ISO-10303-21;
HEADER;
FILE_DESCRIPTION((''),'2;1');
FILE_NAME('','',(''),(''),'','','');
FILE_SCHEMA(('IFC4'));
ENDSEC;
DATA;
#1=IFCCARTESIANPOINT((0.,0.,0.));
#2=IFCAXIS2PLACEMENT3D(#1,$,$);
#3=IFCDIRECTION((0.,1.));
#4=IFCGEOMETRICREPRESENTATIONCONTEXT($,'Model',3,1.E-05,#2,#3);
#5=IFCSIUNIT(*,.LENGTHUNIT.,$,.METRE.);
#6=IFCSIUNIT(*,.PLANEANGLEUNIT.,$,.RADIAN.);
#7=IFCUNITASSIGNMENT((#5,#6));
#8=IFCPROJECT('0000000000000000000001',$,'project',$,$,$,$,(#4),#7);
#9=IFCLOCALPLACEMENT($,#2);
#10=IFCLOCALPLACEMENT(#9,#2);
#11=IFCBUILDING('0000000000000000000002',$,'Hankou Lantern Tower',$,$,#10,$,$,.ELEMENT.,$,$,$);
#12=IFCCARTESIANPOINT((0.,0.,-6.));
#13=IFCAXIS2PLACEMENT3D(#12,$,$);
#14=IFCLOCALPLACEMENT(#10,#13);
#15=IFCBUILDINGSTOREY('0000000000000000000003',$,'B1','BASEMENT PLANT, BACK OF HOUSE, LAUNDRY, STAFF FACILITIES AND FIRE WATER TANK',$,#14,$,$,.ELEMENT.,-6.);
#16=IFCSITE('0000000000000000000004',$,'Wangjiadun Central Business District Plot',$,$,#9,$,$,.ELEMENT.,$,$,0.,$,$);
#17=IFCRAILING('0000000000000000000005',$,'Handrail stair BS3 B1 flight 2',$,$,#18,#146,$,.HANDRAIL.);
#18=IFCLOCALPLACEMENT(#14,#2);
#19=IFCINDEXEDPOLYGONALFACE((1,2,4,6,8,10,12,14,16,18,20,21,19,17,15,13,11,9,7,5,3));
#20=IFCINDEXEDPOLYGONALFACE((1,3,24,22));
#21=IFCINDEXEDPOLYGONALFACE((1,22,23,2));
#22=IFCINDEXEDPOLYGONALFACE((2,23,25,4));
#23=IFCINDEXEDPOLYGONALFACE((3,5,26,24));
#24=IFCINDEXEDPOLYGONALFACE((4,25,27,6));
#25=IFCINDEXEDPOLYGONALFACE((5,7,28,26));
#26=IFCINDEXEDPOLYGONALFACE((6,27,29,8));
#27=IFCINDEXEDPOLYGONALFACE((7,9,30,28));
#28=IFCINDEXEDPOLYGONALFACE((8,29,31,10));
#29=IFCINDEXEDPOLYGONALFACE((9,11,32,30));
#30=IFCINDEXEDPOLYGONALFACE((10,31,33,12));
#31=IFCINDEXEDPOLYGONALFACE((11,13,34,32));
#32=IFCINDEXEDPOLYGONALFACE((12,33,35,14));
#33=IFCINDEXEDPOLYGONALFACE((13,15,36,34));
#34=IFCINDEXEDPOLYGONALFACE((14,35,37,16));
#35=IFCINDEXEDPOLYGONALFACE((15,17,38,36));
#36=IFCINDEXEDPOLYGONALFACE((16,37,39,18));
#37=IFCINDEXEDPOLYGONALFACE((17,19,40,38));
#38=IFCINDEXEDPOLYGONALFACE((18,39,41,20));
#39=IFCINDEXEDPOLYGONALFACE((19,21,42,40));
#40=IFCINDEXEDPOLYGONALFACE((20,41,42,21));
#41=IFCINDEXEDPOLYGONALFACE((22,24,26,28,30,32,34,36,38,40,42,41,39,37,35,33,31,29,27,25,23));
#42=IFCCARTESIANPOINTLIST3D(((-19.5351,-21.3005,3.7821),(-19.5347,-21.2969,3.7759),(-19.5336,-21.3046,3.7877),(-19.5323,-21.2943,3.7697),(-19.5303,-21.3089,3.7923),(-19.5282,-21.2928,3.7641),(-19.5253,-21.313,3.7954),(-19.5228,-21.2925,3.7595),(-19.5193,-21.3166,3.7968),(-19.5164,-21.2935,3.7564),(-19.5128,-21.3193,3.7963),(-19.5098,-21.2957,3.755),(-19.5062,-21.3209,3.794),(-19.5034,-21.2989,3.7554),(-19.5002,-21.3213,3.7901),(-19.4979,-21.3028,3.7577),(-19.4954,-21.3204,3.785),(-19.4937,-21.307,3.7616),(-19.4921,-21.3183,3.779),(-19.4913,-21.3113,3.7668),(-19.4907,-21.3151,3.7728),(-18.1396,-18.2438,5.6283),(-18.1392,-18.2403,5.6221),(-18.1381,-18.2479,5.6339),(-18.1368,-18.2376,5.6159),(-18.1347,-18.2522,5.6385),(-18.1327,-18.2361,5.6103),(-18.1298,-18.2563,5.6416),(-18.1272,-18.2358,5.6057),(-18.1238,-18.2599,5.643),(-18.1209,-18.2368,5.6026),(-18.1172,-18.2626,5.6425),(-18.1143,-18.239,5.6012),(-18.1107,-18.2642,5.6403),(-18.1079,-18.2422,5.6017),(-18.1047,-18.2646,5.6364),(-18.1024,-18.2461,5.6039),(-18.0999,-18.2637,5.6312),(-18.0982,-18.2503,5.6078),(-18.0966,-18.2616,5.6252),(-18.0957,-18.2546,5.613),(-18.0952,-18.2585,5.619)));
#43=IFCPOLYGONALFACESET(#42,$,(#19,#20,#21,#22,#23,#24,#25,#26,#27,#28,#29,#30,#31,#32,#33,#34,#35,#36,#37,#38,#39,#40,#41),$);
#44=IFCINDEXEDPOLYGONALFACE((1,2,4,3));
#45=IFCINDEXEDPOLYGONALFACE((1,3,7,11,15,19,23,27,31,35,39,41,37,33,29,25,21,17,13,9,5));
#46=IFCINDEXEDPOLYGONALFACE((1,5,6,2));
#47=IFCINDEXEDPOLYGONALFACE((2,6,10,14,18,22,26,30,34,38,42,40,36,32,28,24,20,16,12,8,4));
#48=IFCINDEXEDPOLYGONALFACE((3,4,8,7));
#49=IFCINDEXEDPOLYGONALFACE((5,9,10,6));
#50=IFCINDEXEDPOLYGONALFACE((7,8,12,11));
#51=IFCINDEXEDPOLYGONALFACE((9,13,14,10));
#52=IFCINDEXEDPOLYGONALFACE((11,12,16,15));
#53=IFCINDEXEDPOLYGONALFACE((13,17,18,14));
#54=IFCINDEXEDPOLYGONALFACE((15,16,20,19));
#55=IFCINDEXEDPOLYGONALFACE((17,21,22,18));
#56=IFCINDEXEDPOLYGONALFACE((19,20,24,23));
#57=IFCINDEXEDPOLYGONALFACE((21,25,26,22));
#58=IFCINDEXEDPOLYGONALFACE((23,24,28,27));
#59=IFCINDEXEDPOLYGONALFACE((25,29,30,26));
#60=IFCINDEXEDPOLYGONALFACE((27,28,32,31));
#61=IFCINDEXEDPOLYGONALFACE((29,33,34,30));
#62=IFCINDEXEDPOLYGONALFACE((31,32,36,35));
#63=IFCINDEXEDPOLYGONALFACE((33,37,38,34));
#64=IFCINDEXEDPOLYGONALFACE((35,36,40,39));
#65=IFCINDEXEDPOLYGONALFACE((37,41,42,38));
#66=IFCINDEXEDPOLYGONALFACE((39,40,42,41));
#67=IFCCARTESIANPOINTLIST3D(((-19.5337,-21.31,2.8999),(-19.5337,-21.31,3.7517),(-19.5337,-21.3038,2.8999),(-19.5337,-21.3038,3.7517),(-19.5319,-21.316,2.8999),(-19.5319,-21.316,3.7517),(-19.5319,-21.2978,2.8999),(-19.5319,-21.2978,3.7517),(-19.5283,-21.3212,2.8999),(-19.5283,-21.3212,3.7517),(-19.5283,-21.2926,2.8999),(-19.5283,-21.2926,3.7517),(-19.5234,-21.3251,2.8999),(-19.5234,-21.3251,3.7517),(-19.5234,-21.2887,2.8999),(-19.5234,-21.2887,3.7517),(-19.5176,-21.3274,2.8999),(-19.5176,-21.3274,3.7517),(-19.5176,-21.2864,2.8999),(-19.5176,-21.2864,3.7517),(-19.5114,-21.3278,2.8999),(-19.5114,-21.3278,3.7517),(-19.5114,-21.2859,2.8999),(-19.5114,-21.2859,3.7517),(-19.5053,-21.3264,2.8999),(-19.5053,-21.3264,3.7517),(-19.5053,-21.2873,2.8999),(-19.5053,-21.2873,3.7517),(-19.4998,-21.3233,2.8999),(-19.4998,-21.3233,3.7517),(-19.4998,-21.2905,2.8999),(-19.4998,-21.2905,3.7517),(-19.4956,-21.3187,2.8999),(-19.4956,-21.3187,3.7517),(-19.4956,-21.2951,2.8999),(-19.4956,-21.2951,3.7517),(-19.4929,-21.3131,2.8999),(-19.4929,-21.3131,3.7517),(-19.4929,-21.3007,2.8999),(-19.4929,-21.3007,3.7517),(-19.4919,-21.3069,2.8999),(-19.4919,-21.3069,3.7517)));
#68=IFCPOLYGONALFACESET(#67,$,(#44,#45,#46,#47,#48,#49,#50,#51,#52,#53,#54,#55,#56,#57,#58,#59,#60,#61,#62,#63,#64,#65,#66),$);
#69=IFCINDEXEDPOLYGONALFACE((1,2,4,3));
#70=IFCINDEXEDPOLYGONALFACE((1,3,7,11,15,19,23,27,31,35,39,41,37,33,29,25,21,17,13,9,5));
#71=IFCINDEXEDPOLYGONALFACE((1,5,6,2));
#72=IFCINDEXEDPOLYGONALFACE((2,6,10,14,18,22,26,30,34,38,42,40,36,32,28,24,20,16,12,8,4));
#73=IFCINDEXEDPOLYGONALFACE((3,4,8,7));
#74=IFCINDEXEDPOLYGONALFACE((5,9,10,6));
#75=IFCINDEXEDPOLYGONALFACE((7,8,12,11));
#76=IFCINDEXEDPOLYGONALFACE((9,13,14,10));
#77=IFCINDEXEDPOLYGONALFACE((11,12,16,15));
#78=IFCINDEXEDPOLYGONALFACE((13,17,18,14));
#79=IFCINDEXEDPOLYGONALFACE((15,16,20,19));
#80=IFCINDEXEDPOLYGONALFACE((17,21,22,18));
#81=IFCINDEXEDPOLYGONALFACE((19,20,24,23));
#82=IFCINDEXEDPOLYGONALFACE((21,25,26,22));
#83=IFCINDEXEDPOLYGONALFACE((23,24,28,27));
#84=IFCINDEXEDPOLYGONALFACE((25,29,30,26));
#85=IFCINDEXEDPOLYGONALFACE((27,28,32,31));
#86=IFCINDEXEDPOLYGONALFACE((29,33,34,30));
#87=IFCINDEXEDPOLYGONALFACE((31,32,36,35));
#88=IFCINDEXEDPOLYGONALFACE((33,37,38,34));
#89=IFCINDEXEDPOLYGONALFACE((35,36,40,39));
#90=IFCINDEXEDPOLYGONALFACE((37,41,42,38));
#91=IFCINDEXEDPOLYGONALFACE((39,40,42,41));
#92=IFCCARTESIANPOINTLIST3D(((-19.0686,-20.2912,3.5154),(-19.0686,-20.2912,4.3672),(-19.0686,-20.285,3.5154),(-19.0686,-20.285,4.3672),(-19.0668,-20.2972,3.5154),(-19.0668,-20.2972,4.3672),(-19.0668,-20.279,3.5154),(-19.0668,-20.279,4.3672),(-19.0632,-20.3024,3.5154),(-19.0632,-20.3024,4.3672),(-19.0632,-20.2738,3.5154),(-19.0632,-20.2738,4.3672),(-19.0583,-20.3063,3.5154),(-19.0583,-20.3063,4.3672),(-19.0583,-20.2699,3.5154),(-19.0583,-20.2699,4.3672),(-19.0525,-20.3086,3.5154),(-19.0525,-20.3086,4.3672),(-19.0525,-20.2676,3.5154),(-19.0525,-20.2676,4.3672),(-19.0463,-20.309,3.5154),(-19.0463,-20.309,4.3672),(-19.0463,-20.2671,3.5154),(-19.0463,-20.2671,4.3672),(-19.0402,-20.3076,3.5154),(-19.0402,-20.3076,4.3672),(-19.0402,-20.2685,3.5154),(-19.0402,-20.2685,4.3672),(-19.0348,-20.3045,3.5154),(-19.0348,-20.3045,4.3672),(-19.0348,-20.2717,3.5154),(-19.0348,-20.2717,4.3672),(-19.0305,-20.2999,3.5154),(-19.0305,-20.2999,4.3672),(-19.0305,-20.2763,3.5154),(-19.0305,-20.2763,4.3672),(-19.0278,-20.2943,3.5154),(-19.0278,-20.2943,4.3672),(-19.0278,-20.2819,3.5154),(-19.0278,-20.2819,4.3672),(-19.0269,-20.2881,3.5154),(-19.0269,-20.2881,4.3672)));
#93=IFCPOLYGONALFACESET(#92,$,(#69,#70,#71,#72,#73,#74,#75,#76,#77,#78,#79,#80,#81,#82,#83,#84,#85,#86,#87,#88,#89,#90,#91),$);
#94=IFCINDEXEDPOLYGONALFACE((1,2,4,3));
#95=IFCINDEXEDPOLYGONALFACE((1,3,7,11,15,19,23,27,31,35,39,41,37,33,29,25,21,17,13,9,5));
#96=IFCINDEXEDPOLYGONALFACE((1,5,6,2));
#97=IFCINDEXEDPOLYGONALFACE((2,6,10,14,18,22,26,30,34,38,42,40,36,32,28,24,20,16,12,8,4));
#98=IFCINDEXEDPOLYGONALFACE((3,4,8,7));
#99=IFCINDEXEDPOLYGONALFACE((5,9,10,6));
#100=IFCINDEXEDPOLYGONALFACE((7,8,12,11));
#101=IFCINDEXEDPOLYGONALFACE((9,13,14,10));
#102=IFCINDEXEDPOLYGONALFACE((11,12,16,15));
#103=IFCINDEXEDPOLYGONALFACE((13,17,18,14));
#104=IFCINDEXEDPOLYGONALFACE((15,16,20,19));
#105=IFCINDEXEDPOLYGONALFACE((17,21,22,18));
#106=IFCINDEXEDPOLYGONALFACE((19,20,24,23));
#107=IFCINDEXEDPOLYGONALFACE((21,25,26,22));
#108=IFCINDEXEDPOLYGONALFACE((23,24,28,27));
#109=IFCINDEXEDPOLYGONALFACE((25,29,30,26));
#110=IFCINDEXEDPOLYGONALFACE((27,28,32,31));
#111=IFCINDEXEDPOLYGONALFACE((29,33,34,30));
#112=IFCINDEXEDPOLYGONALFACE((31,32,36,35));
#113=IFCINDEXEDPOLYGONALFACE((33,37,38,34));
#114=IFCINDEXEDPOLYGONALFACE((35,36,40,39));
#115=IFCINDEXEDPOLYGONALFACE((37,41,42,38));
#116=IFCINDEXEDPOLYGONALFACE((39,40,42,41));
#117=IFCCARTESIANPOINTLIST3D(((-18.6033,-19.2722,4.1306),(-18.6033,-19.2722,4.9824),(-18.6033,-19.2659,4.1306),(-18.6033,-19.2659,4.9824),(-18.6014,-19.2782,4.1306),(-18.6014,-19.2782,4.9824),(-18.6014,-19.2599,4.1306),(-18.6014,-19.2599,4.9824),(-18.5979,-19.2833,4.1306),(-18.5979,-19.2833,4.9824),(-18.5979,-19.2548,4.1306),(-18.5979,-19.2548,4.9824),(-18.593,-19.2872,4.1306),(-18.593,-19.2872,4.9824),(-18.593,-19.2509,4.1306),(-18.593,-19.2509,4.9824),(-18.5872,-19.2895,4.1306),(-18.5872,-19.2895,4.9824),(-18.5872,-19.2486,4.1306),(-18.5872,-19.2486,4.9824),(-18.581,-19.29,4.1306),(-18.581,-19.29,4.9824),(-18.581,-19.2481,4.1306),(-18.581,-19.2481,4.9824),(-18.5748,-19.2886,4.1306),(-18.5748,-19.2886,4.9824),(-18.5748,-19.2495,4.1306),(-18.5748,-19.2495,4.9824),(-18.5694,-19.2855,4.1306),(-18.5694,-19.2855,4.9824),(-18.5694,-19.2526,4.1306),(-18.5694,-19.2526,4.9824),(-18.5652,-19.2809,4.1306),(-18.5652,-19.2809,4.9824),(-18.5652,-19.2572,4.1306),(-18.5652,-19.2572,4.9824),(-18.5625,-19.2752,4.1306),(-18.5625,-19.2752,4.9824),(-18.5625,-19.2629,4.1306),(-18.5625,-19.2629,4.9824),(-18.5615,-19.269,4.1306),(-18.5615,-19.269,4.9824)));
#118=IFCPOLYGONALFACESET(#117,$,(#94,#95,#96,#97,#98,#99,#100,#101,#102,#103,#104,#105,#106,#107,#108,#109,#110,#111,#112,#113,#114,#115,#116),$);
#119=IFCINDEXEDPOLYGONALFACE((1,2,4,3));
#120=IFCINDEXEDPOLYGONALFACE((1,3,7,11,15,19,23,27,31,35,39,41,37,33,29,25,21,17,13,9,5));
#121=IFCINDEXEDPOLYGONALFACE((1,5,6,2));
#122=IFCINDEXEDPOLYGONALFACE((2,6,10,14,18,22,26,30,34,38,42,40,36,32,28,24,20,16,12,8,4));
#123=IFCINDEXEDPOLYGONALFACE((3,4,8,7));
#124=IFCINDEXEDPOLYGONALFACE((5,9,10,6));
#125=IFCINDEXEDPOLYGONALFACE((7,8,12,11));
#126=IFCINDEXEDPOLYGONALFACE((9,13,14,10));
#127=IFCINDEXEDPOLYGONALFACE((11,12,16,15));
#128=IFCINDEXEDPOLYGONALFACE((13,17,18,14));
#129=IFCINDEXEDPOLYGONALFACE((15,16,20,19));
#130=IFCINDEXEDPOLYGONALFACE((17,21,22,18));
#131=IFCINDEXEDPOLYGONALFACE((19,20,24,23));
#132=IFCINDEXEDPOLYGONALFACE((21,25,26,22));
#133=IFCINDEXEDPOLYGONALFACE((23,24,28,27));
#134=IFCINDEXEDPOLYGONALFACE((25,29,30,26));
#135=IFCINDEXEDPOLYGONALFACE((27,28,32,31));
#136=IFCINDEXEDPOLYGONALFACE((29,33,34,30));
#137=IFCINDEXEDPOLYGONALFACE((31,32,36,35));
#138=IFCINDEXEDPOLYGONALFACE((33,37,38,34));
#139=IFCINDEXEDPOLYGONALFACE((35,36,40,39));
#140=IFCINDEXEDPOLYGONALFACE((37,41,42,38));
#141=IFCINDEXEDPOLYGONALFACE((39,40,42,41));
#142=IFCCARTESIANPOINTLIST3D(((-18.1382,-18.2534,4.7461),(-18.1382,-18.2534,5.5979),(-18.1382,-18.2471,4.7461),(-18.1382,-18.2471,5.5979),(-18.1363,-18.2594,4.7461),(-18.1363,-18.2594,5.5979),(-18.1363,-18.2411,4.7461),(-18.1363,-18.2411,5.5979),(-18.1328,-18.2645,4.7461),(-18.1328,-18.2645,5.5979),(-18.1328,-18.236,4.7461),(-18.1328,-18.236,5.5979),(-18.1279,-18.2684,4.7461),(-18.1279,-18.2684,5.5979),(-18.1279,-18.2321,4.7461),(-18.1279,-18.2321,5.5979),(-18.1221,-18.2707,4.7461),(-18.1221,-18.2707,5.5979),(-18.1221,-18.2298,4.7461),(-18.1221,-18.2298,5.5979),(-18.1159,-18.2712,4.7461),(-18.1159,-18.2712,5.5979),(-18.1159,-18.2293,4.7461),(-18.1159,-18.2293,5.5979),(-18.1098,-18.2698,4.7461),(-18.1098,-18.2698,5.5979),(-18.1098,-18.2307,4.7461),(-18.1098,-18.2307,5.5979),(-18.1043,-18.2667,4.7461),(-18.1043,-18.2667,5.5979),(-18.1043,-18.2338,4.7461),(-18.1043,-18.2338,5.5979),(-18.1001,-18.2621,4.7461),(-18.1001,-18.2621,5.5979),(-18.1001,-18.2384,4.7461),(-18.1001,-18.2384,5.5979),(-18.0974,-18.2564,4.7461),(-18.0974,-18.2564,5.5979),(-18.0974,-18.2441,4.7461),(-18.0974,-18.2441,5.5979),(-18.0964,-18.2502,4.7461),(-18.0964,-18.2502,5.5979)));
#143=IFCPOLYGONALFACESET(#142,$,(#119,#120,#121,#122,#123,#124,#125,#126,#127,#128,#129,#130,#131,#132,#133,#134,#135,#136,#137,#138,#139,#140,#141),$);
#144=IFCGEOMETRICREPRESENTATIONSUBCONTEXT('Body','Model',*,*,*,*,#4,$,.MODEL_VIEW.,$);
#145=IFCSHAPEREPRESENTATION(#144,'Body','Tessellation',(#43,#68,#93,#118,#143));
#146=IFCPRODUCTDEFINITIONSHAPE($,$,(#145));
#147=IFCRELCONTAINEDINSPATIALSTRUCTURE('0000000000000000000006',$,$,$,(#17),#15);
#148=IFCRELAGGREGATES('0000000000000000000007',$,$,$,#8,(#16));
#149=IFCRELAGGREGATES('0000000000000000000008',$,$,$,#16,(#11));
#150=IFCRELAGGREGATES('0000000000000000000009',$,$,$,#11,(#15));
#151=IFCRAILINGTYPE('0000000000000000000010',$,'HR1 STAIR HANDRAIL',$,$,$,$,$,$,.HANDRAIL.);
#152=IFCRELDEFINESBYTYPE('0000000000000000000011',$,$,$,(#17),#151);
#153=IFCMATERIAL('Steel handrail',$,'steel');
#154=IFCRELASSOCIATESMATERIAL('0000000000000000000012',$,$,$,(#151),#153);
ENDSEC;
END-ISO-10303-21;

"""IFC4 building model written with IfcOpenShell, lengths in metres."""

from ifc_helpers import new_model, si_unit, direction, frame, origin, origin_2d, place, context, subcontext, project, spatial, circle, extrude, material, type_object, element, save


model = new_model("IFC4")

# Units and contexts
model_context = context("Model", 3, precision=1e-05, world=origin(), true_north=direction((0.0, 1.0)))
body_context = subcontext(model_context, "Body", "Model", "MODEL_VIEW")
ifc_project = project(units=[si_unit("LENGTHUNIT", "METRE"), si_unit("PLANEANGLEUNIT", "RADIAN")], contexts=[model_context])

# Site, building, storey
site_placement = place(None, origin())
site = spatial("IfcSite", under=ifc_project, at=site_placement, Name="Wangjiadun Central Business District Plot", CompositionType="ELEMENT", RefElevation=0.0)
building_placement = place(site_placement, origin())
building = spatial("IfcBuilding", under=site, at=building_placement, Name="Hankou Lantern Tower", CompositionType="ELEMENT")
storey_placement = place(building_placement, frame((0.0, 0.0, -6.0)))
storey = spatial("IfcBuildingStorey", under=building, at=storey_placement, Name="B1", Description="BASEMENT PLANT, BACK OF HOUSE, LAUNDRY, STAFF FACILITIES AND FIRE WATER TANK", CompositionType="ELEMENT", Elevation=-6.0)

# Railing
ifc_material_1 = material(Name="Steel handrail", Category="steel")
railing_type = type_object("IfcRailingType", Name="HR1 STAIR HANDRAIL", PredefinedType="HANDRAIL", material=ifc_material_1)
railing_1_placement = place(storey_placement, frame((-19.5129, -21.3069, 2.8999)))
element("IfcRailing", 1, at=railing_1_placement, inside=storey, type_object=railing_type, Name="Handrail stair BS3 B1 flight 2", PredefinedType="HANDRAIL", context=body_context, shape_type="SweptSolid", body=[
    extrude(circle(Radius=0.0239, at=origin_2d()), frame((0.0, 0.0, 0.876), z_axis=(0.36399, 0.797263, 0.481542), x_axis=(-0.909678, 0.415313, 0.0)), (0.0, 0.0, 1.0), 3.834),
    extrude(circle(Radius=0.021, at=origin_2d()), origin(), (0.0, 0.0, 1.0), 0.8518),
    extrude(circle(Radius=0.021, at=origin_2d()), frame((0.4651, 1.0188, 0.6155)), (0.0, 0.0, 1.0), 0.8518),
    extrude(circle(Radius=0.021, at=origin_2d()), frame((0.9304, 2.0378, 1.2307)), (0.0, 0.0, 1.0), 0.8518),
    extrude(circle(Radius=0.021, at=origin_2d()), frame((1.3955, 3.0566, 1.8462)), (0.0, 0.0, 1.0), 0.8518),
])

save(model, "model.ifc")
